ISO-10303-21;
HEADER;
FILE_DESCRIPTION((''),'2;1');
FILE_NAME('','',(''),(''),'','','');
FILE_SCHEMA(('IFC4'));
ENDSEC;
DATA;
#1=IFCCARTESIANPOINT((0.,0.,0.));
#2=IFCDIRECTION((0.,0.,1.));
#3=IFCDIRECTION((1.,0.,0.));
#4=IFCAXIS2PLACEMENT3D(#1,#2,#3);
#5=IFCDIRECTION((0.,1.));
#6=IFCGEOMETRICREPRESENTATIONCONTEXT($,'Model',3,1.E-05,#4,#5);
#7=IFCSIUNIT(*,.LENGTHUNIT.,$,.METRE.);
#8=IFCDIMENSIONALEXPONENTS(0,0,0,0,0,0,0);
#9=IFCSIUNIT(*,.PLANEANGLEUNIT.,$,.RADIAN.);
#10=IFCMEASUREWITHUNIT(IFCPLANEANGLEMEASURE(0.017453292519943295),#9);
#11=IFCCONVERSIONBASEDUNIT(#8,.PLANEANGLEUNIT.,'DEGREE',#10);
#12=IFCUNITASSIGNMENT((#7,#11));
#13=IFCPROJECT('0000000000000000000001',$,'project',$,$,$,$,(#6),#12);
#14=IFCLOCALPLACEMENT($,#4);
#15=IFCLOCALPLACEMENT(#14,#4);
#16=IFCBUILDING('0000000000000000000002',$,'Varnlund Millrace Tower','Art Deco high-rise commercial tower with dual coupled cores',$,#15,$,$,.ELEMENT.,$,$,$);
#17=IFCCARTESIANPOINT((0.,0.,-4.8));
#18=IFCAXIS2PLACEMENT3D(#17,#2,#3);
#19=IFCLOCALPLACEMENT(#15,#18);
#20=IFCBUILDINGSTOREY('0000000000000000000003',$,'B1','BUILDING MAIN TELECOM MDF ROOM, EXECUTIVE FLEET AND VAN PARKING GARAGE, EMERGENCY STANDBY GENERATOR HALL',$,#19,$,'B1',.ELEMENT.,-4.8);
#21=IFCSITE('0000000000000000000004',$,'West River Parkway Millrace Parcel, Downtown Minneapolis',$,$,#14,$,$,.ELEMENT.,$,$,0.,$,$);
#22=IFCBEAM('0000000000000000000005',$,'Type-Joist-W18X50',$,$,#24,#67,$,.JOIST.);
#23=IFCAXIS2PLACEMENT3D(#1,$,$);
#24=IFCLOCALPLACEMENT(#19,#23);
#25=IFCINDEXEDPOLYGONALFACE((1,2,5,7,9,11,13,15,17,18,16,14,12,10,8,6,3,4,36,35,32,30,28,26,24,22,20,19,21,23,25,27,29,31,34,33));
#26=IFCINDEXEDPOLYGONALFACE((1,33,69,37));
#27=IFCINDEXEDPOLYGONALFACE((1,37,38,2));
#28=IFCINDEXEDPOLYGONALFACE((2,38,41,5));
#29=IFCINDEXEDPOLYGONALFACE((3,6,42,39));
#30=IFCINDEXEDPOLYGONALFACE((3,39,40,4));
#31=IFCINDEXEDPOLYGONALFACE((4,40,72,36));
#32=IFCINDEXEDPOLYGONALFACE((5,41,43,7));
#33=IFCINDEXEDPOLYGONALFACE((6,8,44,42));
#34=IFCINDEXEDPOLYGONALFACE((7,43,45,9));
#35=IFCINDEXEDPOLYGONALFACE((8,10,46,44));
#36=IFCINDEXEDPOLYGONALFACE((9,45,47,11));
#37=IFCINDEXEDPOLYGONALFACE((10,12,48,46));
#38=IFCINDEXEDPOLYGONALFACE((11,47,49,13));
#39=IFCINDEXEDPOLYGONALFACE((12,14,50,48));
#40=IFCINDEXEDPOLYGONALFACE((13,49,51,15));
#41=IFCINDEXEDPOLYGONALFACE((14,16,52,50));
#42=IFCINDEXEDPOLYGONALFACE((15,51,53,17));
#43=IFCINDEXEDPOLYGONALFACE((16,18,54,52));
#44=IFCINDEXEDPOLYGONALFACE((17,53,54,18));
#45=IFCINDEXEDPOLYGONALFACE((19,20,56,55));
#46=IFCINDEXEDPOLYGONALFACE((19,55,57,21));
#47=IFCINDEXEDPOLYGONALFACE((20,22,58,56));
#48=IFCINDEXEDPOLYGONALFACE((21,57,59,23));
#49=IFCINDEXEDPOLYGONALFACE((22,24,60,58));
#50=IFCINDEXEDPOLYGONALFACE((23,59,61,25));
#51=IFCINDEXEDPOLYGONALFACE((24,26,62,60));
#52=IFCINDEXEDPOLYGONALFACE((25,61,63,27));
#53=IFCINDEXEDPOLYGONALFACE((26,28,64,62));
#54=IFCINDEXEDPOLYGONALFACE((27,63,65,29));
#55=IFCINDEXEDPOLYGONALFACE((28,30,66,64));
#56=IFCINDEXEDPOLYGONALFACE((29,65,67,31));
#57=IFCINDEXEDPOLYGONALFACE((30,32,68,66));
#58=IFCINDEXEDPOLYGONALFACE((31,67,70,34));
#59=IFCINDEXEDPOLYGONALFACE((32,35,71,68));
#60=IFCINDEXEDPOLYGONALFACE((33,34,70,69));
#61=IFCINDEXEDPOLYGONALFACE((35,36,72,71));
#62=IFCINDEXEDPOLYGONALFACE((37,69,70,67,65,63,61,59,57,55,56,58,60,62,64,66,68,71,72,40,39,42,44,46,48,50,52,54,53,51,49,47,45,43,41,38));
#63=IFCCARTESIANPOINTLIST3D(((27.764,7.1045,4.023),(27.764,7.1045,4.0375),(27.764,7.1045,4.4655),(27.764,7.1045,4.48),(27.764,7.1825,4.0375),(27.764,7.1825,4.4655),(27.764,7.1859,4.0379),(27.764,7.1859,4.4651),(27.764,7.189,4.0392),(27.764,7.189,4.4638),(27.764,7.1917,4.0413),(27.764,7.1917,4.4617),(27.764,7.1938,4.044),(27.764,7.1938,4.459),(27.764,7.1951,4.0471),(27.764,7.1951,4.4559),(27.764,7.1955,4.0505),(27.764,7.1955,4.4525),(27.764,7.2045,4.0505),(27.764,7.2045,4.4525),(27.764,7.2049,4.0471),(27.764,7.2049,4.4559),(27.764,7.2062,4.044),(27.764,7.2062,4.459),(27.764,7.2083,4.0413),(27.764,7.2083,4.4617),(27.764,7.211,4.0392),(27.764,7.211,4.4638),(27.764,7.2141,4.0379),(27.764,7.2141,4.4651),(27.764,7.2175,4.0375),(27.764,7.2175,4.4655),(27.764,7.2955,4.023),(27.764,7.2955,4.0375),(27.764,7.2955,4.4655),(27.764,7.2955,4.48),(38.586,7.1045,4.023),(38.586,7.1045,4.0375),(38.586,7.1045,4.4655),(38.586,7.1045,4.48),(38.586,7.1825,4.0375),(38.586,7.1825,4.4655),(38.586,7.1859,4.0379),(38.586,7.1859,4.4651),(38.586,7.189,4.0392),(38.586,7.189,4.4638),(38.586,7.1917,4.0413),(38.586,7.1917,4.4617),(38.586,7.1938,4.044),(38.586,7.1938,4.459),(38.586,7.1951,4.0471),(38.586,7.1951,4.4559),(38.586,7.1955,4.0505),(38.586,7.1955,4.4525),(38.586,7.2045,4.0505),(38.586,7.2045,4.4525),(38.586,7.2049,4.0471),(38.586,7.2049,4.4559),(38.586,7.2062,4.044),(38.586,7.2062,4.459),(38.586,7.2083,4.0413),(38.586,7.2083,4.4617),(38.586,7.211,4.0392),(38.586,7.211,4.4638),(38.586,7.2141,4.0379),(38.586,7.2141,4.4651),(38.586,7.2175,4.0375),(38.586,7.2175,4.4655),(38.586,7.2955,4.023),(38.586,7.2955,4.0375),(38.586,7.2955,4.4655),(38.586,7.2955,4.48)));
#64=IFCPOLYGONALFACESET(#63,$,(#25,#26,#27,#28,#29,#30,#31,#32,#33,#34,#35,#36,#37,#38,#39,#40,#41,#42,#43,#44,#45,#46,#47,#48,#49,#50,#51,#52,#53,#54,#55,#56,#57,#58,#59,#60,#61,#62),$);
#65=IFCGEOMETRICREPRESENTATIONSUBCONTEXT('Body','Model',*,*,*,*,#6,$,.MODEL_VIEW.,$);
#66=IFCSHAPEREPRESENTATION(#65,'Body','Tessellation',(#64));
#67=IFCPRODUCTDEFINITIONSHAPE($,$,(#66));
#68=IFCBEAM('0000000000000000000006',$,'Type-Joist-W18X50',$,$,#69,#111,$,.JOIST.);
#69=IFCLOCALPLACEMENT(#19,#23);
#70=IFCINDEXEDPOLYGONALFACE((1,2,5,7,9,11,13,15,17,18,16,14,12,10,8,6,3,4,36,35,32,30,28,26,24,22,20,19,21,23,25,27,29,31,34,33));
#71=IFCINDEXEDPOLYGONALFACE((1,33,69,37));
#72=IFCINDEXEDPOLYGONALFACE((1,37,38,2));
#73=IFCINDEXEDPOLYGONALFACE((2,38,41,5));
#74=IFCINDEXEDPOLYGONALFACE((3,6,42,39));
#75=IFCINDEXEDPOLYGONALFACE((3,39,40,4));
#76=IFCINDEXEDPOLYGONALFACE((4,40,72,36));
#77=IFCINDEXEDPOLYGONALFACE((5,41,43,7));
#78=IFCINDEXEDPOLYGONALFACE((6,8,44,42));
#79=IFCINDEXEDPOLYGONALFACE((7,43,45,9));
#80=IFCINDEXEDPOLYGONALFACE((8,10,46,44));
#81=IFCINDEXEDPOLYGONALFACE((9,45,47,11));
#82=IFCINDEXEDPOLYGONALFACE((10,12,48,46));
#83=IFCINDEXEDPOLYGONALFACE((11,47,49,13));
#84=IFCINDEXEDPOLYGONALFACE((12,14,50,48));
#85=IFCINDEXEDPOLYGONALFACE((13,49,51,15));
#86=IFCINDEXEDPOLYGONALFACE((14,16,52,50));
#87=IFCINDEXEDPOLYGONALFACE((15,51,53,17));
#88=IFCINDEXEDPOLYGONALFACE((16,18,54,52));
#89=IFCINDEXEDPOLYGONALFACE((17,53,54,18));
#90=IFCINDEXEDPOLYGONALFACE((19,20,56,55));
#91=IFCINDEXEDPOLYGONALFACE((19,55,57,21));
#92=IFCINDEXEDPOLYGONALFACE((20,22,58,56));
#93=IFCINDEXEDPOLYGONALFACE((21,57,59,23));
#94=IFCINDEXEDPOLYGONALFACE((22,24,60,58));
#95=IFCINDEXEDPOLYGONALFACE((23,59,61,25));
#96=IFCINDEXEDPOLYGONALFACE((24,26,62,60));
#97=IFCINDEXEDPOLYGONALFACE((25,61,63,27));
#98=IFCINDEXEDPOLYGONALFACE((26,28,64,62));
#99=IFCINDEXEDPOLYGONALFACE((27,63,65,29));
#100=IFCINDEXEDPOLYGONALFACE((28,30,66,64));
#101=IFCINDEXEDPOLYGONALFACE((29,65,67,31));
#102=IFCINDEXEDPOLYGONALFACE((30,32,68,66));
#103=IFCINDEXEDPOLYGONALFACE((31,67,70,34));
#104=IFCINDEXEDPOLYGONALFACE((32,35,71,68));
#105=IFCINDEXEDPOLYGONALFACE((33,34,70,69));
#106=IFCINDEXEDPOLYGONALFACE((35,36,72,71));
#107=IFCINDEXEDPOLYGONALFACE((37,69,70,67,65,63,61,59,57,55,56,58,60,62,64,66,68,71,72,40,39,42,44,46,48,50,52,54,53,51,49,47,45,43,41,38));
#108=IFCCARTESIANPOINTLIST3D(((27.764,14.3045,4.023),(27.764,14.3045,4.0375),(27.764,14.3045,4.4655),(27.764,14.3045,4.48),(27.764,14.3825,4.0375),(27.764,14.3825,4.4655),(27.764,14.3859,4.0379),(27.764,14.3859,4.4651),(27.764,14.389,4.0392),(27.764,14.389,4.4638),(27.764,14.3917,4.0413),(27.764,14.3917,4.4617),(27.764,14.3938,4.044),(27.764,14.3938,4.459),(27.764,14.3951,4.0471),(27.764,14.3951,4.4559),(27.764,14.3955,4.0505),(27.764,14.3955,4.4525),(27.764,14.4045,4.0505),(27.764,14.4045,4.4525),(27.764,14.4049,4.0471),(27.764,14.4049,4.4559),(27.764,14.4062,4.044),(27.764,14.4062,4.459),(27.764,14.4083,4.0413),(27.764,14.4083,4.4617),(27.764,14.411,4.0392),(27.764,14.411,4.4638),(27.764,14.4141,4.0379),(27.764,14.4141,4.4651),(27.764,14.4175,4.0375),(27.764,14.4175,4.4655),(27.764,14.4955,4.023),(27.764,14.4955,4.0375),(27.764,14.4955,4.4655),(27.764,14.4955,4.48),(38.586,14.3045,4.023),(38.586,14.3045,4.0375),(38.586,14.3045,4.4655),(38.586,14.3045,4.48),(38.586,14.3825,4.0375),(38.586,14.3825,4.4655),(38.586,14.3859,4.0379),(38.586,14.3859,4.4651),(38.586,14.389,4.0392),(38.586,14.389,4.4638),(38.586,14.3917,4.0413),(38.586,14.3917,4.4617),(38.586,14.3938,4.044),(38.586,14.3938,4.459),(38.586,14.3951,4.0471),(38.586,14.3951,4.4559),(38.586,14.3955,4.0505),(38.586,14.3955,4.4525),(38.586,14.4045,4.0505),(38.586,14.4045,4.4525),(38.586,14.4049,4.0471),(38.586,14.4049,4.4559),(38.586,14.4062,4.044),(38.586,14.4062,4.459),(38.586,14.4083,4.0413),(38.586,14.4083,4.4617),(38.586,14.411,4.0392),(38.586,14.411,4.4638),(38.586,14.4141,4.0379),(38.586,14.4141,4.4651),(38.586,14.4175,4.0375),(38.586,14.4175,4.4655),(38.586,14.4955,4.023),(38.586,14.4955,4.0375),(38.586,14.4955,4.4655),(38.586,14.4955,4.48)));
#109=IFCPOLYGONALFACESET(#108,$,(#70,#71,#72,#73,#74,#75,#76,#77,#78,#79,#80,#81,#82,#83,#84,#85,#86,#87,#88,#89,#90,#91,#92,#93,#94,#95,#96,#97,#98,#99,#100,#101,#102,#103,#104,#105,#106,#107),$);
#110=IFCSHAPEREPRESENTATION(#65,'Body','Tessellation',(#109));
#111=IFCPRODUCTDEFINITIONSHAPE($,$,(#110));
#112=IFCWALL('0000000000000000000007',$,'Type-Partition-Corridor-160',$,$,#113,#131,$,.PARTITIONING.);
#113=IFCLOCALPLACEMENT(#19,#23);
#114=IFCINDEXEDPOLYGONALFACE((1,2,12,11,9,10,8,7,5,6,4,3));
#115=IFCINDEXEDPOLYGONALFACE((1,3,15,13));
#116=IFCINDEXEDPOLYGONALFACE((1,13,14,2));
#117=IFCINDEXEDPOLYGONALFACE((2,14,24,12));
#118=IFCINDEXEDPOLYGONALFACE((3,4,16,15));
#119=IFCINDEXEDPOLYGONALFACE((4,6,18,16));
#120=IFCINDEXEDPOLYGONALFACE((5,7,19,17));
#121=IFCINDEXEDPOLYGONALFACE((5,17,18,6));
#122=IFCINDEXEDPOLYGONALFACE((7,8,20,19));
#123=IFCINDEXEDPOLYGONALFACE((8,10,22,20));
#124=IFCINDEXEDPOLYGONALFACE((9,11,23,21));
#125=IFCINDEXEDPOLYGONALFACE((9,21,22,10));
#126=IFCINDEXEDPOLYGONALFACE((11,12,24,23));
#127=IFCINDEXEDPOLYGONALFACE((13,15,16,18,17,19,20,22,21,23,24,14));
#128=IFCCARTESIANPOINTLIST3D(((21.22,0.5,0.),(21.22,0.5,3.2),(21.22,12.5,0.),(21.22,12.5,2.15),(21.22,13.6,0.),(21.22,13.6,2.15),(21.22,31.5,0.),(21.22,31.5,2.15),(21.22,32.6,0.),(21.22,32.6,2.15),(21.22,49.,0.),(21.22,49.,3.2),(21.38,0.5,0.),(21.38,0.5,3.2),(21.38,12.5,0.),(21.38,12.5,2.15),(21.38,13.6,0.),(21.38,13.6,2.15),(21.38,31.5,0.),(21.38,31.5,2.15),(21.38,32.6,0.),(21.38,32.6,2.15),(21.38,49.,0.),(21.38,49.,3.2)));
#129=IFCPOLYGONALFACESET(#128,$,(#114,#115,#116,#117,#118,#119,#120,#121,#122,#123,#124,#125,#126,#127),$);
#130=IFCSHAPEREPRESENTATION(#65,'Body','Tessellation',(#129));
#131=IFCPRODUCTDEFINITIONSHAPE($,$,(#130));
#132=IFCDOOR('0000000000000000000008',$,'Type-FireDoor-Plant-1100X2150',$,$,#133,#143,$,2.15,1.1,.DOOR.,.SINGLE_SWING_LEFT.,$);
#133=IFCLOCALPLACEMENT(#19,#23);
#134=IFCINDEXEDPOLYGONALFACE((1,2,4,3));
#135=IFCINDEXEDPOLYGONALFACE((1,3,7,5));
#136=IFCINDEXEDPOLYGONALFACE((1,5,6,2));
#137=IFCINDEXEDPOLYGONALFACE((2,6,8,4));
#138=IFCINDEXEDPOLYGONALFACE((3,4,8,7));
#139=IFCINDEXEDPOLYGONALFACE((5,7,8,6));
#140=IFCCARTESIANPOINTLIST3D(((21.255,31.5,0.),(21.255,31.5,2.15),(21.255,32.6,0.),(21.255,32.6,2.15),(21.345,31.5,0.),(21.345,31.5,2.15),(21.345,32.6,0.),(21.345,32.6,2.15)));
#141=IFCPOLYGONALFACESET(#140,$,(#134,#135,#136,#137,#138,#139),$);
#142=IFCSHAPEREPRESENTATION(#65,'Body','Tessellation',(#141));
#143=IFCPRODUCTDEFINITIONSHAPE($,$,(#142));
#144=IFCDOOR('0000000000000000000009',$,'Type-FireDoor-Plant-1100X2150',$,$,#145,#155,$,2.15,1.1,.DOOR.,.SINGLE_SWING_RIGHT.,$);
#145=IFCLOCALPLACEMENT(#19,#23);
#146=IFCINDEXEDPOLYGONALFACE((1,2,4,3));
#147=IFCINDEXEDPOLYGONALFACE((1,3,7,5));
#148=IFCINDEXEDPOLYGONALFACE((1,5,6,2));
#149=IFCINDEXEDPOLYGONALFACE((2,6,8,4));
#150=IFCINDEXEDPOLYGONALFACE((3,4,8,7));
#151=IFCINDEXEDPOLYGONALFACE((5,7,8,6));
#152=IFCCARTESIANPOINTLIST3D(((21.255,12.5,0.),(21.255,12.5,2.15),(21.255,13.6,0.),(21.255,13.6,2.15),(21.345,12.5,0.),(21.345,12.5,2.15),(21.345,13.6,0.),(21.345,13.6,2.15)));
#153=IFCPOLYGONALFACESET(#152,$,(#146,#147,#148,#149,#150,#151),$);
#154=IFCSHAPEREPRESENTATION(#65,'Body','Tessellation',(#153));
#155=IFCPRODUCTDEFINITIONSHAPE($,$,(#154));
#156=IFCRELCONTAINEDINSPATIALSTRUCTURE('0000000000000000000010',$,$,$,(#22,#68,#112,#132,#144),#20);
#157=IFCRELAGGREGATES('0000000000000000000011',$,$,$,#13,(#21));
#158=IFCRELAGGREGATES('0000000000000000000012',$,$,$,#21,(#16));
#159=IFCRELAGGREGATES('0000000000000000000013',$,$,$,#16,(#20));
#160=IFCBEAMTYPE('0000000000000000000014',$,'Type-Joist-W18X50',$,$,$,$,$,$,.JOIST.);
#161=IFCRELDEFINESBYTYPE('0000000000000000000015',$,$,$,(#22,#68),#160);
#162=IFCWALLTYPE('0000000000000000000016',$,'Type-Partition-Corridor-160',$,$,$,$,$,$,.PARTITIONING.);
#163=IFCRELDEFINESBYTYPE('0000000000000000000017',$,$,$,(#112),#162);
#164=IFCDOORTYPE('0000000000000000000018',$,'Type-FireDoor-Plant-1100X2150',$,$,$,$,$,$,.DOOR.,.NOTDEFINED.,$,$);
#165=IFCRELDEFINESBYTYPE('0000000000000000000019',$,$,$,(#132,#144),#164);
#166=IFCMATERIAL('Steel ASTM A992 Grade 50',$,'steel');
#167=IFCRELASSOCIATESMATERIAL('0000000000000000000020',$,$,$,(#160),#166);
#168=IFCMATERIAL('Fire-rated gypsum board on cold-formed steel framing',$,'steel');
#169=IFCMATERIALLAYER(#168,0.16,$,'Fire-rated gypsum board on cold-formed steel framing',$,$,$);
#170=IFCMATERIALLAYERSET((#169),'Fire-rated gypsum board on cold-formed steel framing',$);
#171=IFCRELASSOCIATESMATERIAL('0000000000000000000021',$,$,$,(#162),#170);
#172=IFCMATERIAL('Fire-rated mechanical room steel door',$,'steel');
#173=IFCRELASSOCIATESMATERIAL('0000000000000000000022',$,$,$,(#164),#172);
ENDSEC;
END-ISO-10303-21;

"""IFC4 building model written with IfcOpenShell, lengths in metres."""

from ifc_helpers import new_model, entity, si_unit, converted_unit, direction, frame, origin_with_axes, origin_2d_with_axis, place, context, subcontext, project, spatial, polyline, rectangle, i_section, outline, extrude, material, layer, layer_set, material_profile, profile_set, type_object, element, fill, save


model = new_model("IFC4")

# Units and contexts
model_context = context("Model", 3, precision=1e-05, world=origin_with_axes(), true_north=direction((0.0, 1.0)))
body_context = subcontext(model_context, "Body", "Model", "MODEL_VIEW")
ifc_project = project(units=[si_unit("LENGTHUNIT", "METRE"), converted_unit("PLANEANGLEUNIT", "DEGREE", entity("IfcPlaneAngleMeasure", 0.017453292519943295), si_unit("PLANEANGLEUNIT", "RADIAN"), dimensions=[0, 0, 0, 0, 0, 0, 0])], contexts=[model_context])

# Site, building, storey
site_placement = place(None, origin_with_axes())
site = spatial("IfcSite", under=ifc_project, at=site_placement, Name="West River Parkway Millrace Parcel, Downtown Minneapolis", CompositionType="ELEMENT", RefElevation=0.0)
building_placement = place(site_placement, origin_with_axes())
building = spatial("IfcBuilding", under=site, at=building_placement, Name="Varnlund Millrace Tower", Description="Art Deco high-rise commercial tower with dual coupled cores", CompositionType="ELEMENT")
storey_placement = place(building_placement, frame((0.0, 0.0, -4.8), z_axis=(0.0, 0.0, 1.0), x_axis=(1.0, 0.0, 0.0)))
storey = spatial("IfcBuildingStorey", under=building, at=storey_placement, Name="B1", Description="BUILDING MAIN TELECOM MDF ROOM, EXECUTIVE FLEET AND VAN PARKING GARAGE, EMERGENCY STANDBY GENERATOR HALL", LongName="B1", CompositionType="ELEMENT", Elevation=-4.8)

# Beams
ifc_material_1 = material(Name="Steel ASTM A992 Grade 50", Category="steel")
ifc_material_profile_1 = material_profile(ifc_material_1, i_section(OverallWidth=0.191, OverallDepth=0.457, WebThickness=0.009, FlangeThickness=0.0145, FilletRadius=0.013, at=origin_2d_with_axis()), Name="Steel ASTM A992 Grade 50")
ifc_profile_set_1 = profile_set([ifc_material_profile_1], Name="Steel ASTM A992 Grade 50")
beam_type_1 = type_object("IfcBeamType", Name="Type-Joist-W18X50", PredefinedType="JOIST", material=ifc_profile_set_1)
for number, where, z_axis, x_axis, name in (
    (1, (27.764, 7.2, 4.2515), (1.0, 0.0, 0.0), (0.0, 1.0, 0.0), "Type-Joist-W18X50"),
    (2, (27.764, 14.4, 4.2515), (1.0, 0.0, 0.0), (0.0, 1.0, 0.0), "Type-Joist-W18X50"),
):
    element("IfcBeam", number, at=place(storey_placement, frame(where, z_axis=z_axis, x_axis=x_axis)), inside=storey, type_object=beam_type_1, Name=name, PredefinedType="JOIST", context=body_context, shape_type="SweptSolid", body=[
        extrude(i_section(OverallWidth=0.191, OverallDepth=0.457, WebThickness=0.009, FlangeThickness=0.0145, FilletRadius=0.013, at=origin_2d_with_axis()), origin_with_axes(), (0.0, 0.0, 1.0), 10.822),
    ])

# Wall, openings, doors
ifc_material_2 = material(Name="Fire-rated gypsum board on cold-formed steel framing", Category="steel")
ifc_layer = layer(ifc_material_2, 0.16, Name="Fire-rated gypsum board on cold-formed steel framing")
ifc_layer_set = layer_set([ifc_layer], Name="Fire-rated gypsum board on cold-formed steel framing")
wall_type = type_object("IfcWallType", Name="Type-Partition-Corridor-160", PredefinedType="PARTITIONING", material=ifc_layer_set)
wall_placement = place(storey_placement, frame((21.3, 0.5, 0.0), z_axis=(0.0, 0.0, 1.0), x_axis=(0.0, 1.0, 0.0)))
wall = element("IfcWall", 3, at=wall_placement, inside=storey, type_object=wall_type, Name="Type-Partition-Corridor-160", PredefinedType="PARTITIONING", context=body_context, shape_type="SweptSolid", body=[
    extrude(outline(polyline([(0.0, -0.08), (48.5, -0.08), (48.5, 0.08), (0.0, 0.08), (0.0, -0.08)])), origin_with_axes(), (0.0, 0.0, 1.0), 3.2),
])
opening_1_placement = place(wall_placement, frame((31.55, 0.0, 0.0), z_axis=(0.0, 0.0, 1.0), x_axis=(1.0, 0.0, 0.0)))
opening_1 = element("IfcOpeningElement", 4, at=opening_1_placement, cuts=wall, PredefinedType="OPENING", context=body_context, shape_type="SweptSolid", body=[
    extrude(rectangle(XDim=1.1, YDim=0.18, at=origin_2d_with_axis()), origin_with_axes(), (0.0, 0.0, 1.0), 2.15),
])
opening_2_placement = place(wall_placement, frame((12.55, 0.0, 0.0), z_axis=(0.0, 0.0, 1.0), x_axis=(1.0, 0.0, 0.0)))
opening_2 = element("IfcOpeningElement", 5, at=opening_2_placement, cuts=wall, PredefinedType="OPENING", context=body_context, shape_type="SweptSolid", body=[
    extrude(rectangle(XDim=1.1, YDim=0.18, at=origin_2d_with_axis()), origin_with_axes(), (0.0, 0.0, 1.0), 2.15),
])
ifc_material_3 = material(Name="Fire-rated mechanical room steel door", Category="steel")
door_type = type_object("IfcDoorType", Name="Type-FireDoor-Plant-1100X2150", OperationType="NOTDEFINED", PredefinedType="DOOR", material=ifc_material_3)
door_1_placement = place(wall_placement, frame((31.55, 0.0, 0.0), z_axis=(0.0, 0.0, 1.0), x_axis=(1.0, 0.0, 0.0)))
door_1 = element("IfcDoor", 6, at=door_1_placement, inside=storey, type_object=door_type, Name="Type-FireDoor-Plant-1100X2150", OperationType="SINGLE_SWING_LEFT", OverallHeight=2.15, OverallWidth=1.1, PredefinedType="DOOR", context=body_context, shape_type="SweptSolid", body=[
    extrude(rectangle(XDim=1.1, YDim=0.09, at=origin_2d_with_axis()), origin_with_axes(), (0.0, 0.0, 1.0), 2.15),
])
fill(opening_1, door_1)
door_2_placement = place(wall_placement, frame((12.55, 0.0, 0.0), z_axis=(0.0, 0.0, 1.0), x_axis=(1.0, 0.0, 0.0)))
door_2 = element("IfcDoor", 7, at=door_2_placement, inside=storey, type_object=door_type, Name="Type-FireDoor-Plant-1100X2150", OperationType="SINGLE_SWING_RIGHT", OverallHeight=2.15, OverallWidth=1.1, PredefinedType="DOOR", context=body_context, shape_type="SweptSolid", body=[
    extrude(rectangle(XDim=1.1, YDim=0.09, at=origin_2d_with_axis()), origin_with_axes(), (0.0, 0.0, 1.0), 2.15),
])
fill(opening_2, door_2)

save(model, "model.ifc")
